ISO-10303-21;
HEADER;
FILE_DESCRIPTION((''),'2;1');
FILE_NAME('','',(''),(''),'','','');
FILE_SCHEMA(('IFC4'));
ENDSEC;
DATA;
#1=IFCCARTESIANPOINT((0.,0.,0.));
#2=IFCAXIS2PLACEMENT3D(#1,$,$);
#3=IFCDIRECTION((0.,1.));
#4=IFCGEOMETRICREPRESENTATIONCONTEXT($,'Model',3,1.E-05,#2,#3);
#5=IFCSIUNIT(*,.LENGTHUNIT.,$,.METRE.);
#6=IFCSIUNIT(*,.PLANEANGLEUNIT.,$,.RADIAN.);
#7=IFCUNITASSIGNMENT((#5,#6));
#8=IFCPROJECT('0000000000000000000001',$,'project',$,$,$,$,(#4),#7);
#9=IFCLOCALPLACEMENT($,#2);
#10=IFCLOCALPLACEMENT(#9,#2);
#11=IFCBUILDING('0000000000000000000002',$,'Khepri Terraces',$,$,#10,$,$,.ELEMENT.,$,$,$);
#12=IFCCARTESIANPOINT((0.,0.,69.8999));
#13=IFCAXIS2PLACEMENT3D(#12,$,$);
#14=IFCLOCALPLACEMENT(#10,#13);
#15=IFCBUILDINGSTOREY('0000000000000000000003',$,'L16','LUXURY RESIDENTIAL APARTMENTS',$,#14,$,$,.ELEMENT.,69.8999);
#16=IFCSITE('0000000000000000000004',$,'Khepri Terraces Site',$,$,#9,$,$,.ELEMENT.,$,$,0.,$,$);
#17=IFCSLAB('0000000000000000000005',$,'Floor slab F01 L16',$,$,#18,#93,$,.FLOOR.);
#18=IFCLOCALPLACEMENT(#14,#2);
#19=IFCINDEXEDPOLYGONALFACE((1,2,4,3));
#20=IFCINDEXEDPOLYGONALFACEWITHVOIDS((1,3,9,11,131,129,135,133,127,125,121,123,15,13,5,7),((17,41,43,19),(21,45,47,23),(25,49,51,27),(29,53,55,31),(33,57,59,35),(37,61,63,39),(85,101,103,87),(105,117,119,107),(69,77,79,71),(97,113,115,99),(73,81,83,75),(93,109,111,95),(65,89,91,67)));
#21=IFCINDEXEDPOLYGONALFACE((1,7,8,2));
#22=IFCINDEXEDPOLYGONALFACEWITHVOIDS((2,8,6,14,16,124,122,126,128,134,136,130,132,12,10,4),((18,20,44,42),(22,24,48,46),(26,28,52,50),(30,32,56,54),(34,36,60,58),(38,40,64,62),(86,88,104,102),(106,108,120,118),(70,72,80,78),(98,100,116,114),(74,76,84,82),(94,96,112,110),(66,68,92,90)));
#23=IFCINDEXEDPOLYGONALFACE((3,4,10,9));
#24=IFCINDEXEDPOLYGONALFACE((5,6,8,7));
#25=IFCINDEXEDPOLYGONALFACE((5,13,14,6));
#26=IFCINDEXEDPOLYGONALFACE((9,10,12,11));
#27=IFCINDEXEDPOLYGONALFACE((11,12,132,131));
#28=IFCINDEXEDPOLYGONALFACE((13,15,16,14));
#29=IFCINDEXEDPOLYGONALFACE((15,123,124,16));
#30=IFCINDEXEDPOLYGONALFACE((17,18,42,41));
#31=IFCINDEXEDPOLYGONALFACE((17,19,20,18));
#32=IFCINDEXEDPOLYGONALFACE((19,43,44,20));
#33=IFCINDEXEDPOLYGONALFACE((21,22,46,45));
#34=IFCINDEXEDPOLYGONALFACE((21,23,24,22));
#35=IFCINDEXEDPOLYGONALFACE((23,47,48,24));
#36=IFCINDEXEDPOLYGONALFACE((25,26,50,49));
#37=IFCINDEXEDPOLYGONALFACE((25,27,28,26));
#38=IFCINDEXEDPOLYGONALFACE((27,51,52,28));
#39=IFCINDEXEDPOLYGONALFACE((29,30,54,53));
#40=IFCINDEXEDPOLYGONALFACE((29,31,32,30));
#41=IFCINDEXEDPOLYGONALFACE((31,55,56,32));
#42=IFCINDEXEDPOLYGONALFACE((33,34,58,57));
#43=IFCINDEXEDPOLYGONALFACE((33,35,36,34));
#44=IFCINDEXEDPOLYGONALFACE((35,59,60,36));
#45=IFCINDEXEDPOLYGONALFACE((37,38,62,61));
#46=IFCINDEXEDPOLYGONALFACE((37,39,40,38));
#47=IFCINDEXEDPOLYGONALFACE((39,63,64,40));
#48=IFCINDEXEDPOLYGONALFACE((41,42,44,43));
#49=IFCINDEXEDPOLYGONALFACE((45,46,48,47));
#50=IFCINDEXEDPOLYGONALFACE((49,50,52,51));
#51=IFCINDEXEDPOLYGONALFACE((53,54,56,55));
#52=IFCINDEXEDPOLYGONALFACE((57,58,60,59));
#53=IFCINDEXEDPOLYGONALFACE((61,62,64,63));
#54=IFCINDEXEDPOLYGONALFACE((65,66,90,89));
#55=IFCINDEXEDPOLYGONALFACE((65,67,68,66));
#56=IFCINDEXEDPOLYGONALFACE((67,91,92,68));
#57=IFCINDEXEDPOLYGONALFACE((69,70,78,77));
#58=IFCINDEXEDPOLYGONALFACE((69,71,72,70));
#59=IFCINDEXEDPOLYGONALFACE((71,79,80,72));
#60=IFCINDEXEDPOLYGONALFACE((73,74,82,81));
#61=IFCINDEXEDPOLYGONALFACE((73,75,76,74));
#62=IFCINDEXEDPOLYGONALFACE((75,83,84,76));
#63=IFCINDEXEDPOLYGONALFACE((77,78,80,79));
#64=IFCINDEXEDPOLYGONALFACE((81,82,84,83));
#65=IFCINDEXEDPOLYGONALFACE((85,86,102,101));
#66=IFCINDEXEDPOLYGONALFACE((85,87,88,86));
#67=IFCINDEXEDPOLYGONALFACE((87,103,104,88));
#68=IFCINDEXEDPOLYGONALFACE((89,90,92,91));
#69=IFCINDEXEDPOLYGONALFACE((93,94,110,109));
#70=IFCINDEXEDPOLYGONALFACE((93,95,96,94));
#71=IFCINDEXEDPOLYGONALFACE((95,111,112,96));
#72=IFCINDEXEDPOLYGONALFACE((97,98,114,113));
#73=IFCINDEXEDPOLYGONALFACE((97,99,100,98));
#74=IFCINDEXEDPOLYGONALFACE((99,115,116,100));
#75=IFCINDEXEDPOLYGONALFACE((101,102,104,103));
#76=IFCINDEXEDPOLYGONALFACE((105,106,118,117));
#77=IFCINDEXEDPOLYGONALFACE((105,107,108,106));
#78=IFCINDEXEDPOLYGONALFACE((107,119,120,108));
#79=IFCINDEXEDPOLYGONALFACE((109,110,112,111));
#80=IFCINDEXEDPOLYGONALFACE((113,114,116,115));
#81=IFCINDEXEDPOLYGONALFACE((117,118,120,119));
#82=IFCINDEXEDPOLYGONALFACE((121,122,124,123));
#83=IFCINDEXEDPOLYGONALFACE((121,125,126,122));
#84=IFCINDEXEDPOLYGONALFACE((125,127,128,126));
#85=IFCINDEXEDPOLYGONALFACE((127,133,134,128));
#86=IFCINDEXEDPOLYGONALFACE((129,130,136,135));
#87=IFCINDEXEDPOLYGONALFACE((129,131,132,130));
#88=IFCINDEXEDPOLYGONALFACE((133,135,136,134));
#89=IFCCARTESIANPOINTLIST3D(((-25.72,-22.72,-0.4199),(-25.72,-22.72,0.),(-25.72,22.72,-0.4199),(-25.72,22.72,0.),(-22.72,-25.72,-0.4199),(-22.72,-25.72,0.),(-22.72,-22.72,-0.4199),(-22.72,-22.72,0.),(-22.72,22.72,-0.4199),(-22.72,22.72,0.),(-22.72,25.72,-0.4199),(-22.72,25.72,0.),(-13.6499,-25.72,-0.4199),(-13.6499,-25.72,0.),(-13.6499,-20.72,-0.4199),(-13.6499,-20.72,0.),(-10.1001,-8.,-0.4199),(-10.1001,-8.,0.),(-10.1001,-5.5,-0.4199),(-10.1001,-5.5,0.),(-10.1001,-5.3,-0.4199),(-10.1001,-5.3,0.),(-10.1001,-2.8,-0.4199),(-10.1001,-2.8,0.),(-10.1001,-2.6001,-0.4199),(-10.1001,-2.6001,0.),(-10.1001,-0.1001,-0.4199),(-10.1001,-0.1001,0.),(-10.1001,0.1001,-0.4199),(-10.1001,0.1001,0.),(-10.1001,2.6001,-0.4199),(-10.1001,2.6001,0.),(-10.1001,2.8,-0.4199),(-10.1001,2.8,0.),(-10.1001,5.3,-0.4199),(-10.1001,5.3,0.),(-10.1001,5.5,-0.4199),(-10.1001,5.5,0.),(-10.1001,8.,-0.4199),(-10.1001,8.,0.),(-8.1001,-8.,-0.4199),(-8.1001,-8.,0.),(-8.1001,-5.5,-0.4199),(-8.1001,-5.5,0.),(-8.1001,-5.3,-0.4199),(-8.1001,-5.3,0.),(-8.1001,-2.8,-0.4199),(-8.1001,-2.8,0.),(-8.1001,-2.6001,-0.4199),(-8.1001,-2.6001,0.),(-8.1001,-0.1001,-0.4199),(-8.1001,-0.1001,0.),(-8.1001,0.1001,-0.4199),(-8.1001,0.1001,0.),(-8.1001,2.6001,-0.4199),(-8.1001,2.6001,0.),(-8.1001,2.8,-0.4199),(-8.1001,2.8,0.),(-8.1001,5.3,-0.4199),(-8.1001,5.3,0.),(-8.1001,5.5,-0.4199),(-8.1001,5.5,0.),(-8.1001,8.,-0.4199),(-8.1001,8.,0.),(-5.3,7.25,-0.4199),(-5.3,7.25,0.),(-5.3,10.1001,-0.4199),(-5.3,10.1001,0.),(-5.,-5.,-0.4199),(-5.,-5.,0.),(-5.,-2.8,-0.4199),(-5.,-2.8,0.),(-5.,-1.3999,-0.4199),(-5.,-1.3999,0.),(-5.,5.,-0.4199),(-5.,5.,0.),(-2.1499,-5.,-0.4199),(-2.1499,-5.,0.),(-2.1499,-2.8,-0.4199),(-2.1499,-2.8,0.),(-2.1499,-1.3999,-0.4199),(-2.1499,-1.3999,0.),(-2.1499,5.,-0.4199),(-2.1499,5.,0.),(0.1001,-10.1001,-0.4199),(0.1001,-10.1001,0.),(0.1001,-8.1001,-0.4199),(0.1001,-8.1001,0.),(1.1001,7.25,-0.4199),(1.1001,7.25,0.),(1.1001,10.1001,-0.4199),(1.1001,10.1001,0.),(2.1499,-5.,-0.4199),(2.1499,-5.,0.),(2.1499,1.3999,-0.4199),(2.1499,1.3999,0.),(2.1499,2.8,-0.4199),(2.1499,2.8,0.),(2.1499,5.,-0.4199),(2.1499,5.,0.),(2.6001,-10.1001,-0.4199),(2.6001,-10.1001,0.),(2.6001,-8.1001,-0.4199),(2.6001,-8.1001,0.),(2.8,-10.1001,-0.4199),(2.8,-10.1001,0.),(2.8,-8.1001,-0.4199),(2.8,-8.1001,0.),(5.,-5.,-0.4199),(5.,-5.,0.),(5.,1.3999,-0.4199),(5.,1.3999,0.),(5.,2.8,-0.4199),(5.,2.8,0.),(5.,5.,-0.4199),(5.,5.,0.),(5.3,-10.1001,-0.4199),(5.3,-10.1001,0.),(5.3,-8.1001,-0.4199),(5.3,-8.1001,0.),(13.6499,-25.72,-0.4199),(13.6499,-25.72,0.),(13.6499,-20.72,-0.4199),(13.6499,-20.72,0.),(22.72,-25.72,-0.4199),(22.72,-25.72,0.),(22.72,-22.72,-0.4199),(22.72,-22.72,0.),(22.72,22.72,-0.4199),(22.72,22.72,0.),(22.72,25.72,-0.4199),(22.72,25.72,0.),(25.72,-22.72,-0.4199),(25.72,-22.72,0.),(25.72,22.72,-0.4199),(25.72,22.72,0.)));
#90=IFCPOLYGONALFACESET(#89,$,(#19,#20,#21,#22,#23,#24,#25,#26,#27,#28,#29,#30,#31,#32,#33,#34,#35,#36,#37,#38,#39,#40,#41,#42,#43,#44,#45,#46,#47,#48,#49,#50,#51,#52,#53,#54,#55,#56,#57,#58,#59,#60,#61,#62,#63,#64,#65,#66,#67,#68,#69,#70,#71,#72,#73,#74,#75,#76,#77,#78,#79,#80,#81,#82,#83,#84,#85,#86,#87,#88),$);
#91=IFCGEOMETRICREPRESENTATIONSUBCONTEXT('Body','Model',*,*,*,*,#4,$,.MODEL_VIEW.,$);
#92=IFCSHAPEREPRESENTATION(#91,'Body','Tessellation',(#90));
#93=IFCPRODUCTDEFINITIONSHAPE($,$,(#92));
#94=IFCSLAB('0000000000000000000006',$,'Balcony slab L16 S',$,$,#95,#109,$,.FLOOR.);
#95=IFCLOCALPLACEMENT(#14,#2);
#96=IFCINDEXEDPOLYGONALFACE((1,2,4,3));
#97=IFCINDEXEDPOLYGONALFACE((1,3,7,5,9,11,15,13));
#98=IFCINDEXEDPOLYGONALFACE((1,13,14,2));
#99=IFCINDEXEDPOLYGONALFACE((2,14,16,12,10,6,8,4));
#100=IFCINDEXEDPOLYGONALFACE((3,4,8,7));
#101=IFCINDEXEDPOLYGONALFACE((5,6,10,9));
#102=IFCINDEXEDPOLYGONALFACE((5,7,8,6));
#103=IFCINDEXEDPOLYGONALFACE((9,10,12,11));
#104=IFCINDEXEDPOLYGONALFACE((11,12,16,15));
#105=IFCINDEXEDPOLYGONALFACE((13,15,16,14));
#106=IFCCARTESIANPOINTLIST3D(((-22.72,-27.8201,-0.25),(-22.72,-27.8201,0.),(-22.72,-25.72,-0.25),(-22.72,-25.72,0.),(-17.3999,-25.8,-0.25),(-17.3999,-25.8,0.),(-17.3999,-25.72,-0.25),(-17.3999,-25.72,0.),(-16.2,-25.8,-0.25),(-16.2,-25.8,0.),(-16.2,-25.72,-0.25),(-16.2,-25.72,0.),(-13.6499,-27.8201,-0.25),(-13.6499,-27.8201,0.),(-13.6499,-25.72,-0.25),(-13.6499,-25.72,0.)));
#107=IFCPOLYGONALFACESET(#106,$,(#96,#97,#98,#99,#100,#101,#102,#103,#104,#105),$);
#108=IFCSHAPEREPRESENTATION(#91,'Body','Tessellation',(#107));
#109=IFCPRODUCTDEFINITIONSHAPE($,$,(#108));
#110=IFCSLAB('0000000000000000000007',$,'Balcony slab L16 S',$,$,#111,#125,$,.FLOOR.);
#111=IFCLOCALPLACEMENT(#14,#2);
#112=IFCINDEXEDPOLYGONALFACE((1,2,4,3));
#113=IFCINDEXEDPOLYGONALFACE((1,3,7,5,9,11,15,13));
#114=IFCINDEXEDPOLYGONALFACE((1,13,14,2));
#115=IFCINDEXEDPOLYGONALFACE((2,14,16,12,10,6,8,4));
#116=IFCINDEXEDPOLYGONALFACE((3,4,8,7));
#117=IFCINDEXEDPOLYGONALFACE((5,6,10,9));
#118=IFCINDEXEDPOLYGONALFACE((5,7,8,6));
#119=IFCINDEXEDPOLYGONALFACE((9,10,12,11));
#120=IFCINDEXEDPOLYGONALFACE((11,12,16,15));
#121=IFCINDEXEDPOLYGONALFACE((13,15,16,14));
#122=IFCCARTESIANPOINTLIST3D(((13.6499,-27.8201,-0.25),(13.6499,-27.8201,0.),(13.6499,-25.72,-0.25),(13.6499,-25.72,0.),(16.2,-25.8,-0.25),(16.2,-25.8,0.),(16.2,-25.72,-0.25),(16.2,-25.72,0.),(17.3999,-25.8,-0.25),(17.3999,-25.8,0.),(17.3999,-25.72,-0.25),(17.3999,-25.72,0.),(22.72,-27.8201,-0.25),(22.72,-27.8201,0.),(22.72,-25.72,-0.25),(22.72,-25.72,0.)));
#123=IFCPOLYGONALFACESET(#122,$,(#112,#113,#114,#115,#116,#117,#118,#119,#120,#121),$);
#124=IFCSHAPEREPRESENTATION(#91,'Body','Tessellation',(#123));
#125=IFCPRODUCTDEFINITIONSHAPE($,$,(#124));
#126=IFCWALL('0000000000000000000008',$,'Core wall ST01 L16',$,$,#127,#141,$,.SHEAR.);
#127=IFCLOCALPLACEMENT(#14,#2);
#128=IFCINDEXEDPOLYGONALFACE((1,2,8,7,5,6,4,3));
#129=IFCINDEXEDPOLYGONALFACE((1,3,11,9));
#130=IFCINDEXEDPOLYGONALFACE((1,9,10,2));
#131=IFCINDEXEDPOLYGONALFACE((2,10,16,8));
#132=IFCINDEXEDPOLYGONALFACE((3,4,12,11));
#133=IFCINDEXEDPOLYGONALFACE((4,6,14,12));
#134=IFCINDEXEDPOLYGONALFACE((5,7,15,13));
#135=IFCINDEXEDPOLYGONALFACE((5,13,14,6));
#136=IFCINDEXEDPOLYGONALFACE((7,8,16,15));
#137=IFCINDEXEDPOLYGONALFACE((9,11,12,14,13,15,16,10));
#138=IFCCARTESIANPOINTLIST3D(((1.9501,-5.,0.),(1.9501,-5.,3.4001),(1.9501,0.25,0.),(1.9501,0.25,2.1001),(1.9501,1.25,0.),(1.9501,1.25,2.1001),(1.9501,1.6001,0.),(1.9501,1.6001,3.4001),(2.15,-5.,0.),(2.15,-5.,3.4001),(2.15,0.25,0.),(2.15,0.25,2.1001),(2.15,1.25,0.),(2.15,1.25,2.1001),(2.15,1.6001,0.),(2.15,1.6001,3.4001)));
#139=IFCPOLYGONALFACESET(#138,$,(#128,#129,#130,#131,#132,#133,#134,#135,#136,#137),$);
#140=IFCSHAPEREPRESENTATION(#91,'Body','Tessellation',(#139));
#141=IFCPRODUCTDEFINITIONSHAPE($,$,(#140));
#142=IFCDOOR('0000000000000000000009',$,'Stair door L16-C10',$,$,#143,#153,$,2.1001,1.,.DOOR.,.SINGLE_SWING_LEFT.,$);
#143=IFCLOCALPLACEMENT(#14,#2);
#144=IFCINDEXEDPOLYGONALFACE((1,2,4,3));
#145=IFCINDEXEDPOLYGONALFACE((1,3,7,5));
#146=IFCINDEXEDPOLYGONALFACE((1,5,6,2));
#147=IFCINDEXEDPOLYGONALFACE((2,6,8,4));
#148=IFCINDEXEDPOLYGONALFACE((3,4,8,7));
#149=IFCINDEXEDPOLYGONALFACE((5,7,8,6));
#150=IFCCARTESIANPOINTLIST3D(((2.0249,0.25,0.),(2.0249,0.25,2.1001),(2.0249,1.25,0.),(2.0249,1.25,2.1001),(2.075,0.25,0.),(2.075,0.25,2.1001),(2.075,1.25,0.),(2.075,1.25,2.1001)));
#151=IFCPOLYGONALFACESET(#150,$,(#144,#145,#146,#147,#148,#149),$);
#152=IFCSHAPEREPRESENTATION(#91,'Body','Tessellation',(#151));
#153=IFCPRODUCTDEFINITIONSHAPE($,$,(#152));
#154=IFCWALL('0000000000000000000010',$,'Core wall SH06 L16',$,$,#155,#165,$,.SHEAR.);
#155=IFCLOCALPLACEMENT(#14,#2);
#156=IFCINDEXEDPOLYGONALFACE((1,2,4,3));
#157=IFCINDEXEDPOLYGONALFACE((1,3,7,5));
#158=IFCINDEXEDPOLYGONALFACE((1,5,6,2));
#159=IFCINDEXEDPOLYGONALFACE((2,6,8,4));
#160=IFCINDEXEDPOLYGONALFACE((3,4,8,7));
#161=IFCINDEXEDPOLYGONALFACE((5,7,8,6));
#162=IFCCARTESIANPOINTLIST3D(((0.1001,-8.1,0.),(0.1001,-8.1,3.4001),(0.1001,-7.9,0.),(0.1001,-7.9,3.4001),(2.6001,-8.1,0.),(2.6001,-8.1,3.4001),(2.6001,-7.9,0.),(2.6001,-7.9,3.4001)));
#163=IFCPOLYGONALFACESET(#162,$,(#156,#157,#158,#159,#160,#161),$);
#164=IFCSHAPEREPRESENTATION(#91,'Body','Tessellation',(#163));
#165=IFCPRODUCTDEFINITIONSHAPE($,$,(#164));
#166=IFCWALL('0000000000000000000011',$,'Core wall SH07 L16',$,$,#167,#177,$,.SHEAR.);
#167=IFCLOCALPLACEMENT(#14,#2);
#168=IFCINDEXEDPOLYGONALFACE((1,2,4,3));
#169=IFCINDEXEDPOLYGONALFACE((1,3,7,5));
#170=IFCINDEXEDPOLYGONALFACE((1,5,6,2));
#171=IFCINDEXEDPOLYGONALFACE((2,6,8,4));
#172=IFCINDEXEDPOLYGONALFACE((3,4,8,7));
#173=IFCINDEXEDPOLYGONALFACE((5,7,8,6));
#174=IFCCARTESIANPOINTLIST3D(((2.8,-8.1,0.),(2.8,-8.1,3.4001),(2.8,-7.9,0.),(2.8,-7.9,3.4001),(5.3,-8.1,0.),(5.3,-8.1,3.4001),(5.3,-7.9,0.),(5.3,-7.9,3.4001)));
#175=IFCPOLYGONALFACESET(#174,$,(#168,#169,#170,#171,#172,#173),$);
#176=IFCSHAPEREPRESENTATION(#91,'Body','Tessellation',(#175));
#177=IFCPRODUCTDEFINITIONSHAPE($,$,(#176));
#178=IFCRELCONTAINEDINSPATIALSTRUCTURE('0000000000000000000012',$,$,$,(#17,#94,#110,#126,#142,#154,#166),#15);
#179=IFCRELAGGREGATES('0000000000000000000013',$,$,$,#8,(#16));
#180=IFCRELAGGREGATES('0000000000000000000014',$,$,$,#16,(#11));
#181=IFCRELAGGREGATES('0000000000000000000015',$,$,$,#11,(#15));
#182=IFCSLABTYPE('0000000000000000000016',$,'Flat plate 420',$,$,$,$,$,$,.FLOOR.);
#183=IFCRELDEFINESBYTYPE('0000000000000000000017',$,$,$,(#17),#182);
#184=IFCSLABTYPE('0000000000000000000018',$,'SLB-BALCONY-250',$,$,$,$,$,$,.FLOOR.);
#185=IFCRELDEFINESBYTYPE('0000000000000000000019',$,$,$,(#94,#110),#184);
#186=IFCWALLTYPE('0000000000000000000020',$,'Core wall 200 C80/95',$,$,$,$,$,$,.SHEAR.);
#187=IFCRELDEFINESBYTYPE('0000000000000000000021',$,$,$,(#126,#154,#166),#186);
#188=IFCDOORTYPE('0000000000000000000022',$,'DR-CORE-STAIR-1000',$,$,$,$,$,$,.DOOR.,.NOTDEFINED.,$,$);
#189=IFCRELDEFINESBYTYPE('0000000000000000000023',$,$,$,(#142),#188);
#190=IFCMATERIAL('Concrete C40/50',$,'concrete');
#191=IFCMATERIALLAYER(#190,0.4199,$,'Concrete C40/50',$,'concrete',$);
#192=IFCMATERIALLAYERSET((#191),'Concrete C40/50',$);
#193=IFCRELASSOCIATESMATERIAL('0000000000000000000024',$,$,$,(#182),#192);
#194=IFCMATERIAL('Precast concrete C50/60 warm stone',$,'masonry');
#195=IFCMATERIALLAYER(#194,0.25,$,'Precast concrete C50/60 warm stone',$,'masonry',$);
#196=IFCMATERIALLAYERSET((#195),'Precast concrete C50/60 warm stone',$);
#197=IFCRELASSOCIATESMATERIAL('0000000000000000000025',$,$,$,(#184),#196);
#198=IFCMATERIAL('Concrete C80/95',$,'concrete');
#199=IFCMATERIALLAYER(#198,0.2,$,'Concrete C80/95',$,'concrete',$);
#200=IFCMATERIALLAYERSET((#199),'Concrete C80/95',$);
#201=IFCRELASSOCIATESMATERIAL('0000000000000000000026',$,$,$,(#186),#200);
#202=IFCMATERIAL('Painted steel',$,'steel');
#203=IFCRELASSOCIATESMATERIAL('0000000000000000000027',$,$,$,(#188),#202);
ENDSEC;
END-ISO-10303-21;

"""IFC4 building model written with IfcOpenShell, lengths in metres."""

from ifc_helpers import new_model, si_unit, direction, frame, frame_2d, origin, place, context, subcontext, project, spatial, polyline, rectangle, outline, extrude, material, layer, layer_set, type_object, element, fill, save


model = new_model("IFC4")

# Units and contexts
model_context = context("Model", 3, precision=1e-05, world=origin(), true_north=direction((0.0, 1.0)))
body_context = subcontext(model_context, "Body", "Model", "MODEL_VIEW")
ifc_project = project(units=[si_unit("LENGTHUNIT", "METRE"), si_unit("PLANEANGLEUNIT", "RADIAN")], contexts=[model_context])

# Site, building, storey
site_placement = place(None, origin())
site = spatial("IfcSite", under=ifc_project, at=site_placement, Name="Khepri Terraces Site", CompositionType="ELEMENT", RefElevation=0.0)
building_placement = place(site_placement, origin())
building = spatial("IfcBuilding", under=site, at=building_placement, Name="Khepri Terraces", CompositionType="ELEMENT")
storey_placement = place(building_placement, frame((0.0, 0.0, 69.8999)))
storey = spatial("IfcBuildingStorey", under=building, at=storey_placement, Name="L16", Description="LUXURY RESIDENTIAL APARTMENTS", CompositionType="ELEMENT", Elevation=69.8999)

# Slabs
ifc_material_1 = material(Name="Concrete C40/50", Category="concrete")
ifc_layer_1 = layer(ifc_material_1, 0.4199, Name="Concrete C40/50", Category="concrete")
ifc_layer_set_1 = layer_set([ifc_layer_1], Name="Concrete C40/50")
slab_type_1 = type_object("IfcSlabType", Name="Flat plate 420", PredefinedType="FLOOR", material=ifc_layer_set_1)
slab_1_placement = place(storey_placement, frame((0.0, 0.0, -0.4199)))
element("IfcSlab", 1, at=slab_1_placement, inside=storey, type_object=slab_type_1, Name="Floor slab F01 L16", PredefinedType="FLOOR", context=body_context, shape_type="SweptSolid", body=[
    extrude(outline(polyline([(22.72, 22.72), (25.72, 22.72), (25.72, -22.72), (22.72, -22.72), (22.72, -25.72), (13.6499, -25.72), (13.6499, -20.72), (-13.6499, -20.72), (-13.6499, -25.72), (-22.72, -25.72), (-22.72, -22.72), (-25.72, -22.72), (-25.72, 22.72), (-22.72, 22.72), (-22.72, 25.72), (22.72, 25.72), (22.72, 22.72)]), holes=[polyline([(5.0, 5.0), (2.1499, 5.0), (2.1499, 2.8), (5.0, 2.8), (5.0, 5.0)]), polyline([(-2.1499, -5.0), (-2.1499, -2.8), (-5.0, -2.8), (-5.0, -5.0), (-2.1499, -5.0)]), polyline([(-10.1001, -8.0), (-8.1001, -8.0), (-8.1001, -5.5), (-10.1001, -5.5), (-10.1001, -8.0)]), polyline([(-10.1001, -2.8), (-10.1001, -5.3), (-8.1001, -5.3), (-8.1001, -2.8), (-10.1001, -2.8)]), polyline([(-8.1001, -0.1001), (-10.1001, -0.1001), (-10.1001, -2.6001), (-8.1001, -2.6001), (-8.1001, -0.1001)]), polyline([(-8.1001, 0.1001), (-8.1001, 2.6001), (-10.1001, 2.6001), (-10.1001, 0.1001), (-8.1001, 0.1001)]), polyline([(-10.1001, 2.8), (-8.1001, 2.8), (-8.1001, 5.3), (-10.1001, 5.3), (-10.1001, 2.8)]), polyline([(-10.1001, 8.0), (-10.1001, 5.5), (-8.1001, 5.5), (-8.1001, 8.0), (-10.1001, 8.0)]), polyline([(2.6001, -8.1001), (0.1001, -8.1001), (0.1001, -10.1001), (2.6001, -10.1001), (2.6001, -8.1001)]), polyline([(5.3, -10.1001), (5.3, -8.1001), (2.8, -8.1001), (2.8, -10.1001), (5.3, -10.1001)]), polyline([(-5.0, -1.3999), (-2.1499, -1.3999), (-2.1499, 5.0), (-5.0, 5.0), (-5.0, -1.3999)]), polyline([(5.0, -5.0), (5.0, 1.3999), (2.1499, 1.3999), (2.1499, -5.0), (5.0, -5.0)]), polyline([(-5.3, 10.1001), (-5.3, 7.25), (1.1001, 7.25), (1.1001, 10.1001), (-5.3, 10.1001)])]), origin(), (0.0, 0.0, 1.0), 0.4199),
])
ifc_material_2 = material(Name="Precast concrete C50/60 warm stone", Category="masonry")
ifc_layer_2 = layer(ifc_material_2, 0.25, Name="Precast concrete C50/60 warm stone", Category="masonry")
ifc_layer_set_2 = layer_set([ifc_layer_2], Name="Precast concrete C50/60 warm stone")
slab_type_2 = type_object("IfcSlabType", Name="SLB-BALCONY-250", PredefinedType="FLOOR", material=ifc_layer_set_2)
slab_2_placement = place(storey_placement, frame((0.0, 0.0, -0.25)))
element("IfcSlab", 2, at=slab_2_placement, inside=storey, type_object=slab_type_2, Name="Balcony slab L16 S", PredefinedType="FLOOR", context=body_context, shape_type="SweptSolid", body=[
    extrude(outline(polyline([(-17.3999, -25.72), (-22.72, -25.72), (-22.72, -27.8201), (-13.6499, -27.8201), (-13.6499, -25.72), (-16.2, -25.72), (-16.2, -25.8), (-17.3999, -25.8), (-17.3999, -25.72)])), origin(), (0.0, 0.0, 1.0), 0.25),
])
slab_3_placement = place(storey_placement, frame((0.0, 0.0, -0.25)))
element("IfcSlab", 3, at=slab_3_placement, inside=storey, type_object=slab_type_2, Name="Balcony slab L16 S", PredefinedType="FLOOR", context=body_context, shape_type="SweptSolid", body=[
    extrude(outline(polyline([(16.2, -25.72), (13.6499, -25.72), (13.6499, -27.8201), (22.72, -27.8201), (22.72, -25.72), (17.3999, -25.72), (17.3999, -25.8), (16.2, -25.8), (16.2, -25.72)])), origin(), (0.0, 0.0, 1.0), 0.25),
])

# Wall, opening, door
ifc_material_3 = material(Name="Concrete C80/95", Category="concrete")
ifc_layer_3 = layer(ifc_material_3, 0.2, Name="Concrete C80/95", Category="concrete")
ifc_layer_set_3 = layer_set([ifc_layer_3], Name="Concrete C80/95")
wall_type_1 = type_object("IfcWallType", Name="Core wall 200 C80/95", PredefinedType="SHEAR", material=ifc_layer_set_3)
wall_1_placement = place(storey_placement, frame((2.05, -5.0, 0.0), z_axis=(0.0, 0.0, 1.0), x_axis=(0.0, 1.0, 0.0)))
wall_1 = element("IfcWall", 4, at=wall_1_placement, inside=storey, type_object=wall_type_1, Name="Core wall ST01 L16", PredefinedType="SHEAR", context=body_context, shape_type="SweptSolid", body=[
    extrude(rectangle(XDim=6.6001, YDim=0.2, at=frame_2d((3.3, 0.0))), origin(), (0.0, 0.0, 1.0), 3.4001),
])
opening_1_placement = place(wall_1_placement, frame((5.25, 0.0, 0.0)))
opening_1 = element("IfcOpeningElement", 5, at=opening_1_placement, cuts=wall_1, PredefinedType="OPENING", context=body_context, shape_type="SweptSolid", body=[
    extrude(rectangle(XDim=1.0, YDim=2.1001, at=frame_2d((0.5, 1.05))), frame((0.0, 0.1099, 0.0), z_axis=(0.0, -1.0, 0.0), x_axis=(1.0, 0.0, 0.0)), (0.0, 0.0, 1.0), 0.22),
])
ifc_material_4 = material(Name="Painted steel", Category="steel")
door_type_1 = type_object("IfcDoorType", Name="DR-CORE-STAIR-1000", OperationType="NOTDEFINED", PredefinedType="DOOR", material=ifc_material_4)
door_1_placement = place(opening_1_placement, frame((1.0, 0.0, 0.0), z_axis=(0.0, 0.0, 1.0), x_axis=(-1.0, 0.0, 0.0)))
door_1 = element("IfcDoor", 6, at=door_1_placement, inside=storey, type_object=door_type_1, Name="Stair door L16-C10", OperationType="SINGLE_SWING_LEFT", OverallHeight=2.1001, OverallWidth=1.0, PredefinedType="DOOR", context=body_context, shape_type="SweptSolid", body=[
    extrude(rectangle(XDim=1.0, YDim=2.1001, at=frame_2d((0.5, 1.05))), frame((0.0, 0.0249, 0.0), z_axis=(0.0, -1.0, 0.0), x_axis=(1.0, 0.0, 0.0)), (0.0, 0.0, 1.0), 0.05),
])
fill(opening_1, door_1)

# Walls
for number, where, z_axis, x_axis, name in (
    (7, (0.1001, -8.0, 0.0), (0.0, 0.0, 1.0), (1.0, 0.0, 0.0), "Core wall SH06 L16"),
    (8, (2.8, -8.0, 0.0), (0.0, 0.0, 1.0), (1.0, 0.0, 0.0), "Core wall SH07 L16"),
):
    element("IfcWall", number, at=place(storey_placement, frame(where, z_axis=z_axis, x_axis=x_axis)), inside=storey, type_object=wall_type_1, Name=name, PredefinedType="SHEAR", context=body_context, shape_type="SweptSolid", body=[
        extrude(rectangle(XDim=2.5, YDim=0.2, at=frame_2d((1.25, 0.0))), origin(), (0.0, 0.0, 1.0), 3.4001),
    ])

save(model, "model.ifc")
